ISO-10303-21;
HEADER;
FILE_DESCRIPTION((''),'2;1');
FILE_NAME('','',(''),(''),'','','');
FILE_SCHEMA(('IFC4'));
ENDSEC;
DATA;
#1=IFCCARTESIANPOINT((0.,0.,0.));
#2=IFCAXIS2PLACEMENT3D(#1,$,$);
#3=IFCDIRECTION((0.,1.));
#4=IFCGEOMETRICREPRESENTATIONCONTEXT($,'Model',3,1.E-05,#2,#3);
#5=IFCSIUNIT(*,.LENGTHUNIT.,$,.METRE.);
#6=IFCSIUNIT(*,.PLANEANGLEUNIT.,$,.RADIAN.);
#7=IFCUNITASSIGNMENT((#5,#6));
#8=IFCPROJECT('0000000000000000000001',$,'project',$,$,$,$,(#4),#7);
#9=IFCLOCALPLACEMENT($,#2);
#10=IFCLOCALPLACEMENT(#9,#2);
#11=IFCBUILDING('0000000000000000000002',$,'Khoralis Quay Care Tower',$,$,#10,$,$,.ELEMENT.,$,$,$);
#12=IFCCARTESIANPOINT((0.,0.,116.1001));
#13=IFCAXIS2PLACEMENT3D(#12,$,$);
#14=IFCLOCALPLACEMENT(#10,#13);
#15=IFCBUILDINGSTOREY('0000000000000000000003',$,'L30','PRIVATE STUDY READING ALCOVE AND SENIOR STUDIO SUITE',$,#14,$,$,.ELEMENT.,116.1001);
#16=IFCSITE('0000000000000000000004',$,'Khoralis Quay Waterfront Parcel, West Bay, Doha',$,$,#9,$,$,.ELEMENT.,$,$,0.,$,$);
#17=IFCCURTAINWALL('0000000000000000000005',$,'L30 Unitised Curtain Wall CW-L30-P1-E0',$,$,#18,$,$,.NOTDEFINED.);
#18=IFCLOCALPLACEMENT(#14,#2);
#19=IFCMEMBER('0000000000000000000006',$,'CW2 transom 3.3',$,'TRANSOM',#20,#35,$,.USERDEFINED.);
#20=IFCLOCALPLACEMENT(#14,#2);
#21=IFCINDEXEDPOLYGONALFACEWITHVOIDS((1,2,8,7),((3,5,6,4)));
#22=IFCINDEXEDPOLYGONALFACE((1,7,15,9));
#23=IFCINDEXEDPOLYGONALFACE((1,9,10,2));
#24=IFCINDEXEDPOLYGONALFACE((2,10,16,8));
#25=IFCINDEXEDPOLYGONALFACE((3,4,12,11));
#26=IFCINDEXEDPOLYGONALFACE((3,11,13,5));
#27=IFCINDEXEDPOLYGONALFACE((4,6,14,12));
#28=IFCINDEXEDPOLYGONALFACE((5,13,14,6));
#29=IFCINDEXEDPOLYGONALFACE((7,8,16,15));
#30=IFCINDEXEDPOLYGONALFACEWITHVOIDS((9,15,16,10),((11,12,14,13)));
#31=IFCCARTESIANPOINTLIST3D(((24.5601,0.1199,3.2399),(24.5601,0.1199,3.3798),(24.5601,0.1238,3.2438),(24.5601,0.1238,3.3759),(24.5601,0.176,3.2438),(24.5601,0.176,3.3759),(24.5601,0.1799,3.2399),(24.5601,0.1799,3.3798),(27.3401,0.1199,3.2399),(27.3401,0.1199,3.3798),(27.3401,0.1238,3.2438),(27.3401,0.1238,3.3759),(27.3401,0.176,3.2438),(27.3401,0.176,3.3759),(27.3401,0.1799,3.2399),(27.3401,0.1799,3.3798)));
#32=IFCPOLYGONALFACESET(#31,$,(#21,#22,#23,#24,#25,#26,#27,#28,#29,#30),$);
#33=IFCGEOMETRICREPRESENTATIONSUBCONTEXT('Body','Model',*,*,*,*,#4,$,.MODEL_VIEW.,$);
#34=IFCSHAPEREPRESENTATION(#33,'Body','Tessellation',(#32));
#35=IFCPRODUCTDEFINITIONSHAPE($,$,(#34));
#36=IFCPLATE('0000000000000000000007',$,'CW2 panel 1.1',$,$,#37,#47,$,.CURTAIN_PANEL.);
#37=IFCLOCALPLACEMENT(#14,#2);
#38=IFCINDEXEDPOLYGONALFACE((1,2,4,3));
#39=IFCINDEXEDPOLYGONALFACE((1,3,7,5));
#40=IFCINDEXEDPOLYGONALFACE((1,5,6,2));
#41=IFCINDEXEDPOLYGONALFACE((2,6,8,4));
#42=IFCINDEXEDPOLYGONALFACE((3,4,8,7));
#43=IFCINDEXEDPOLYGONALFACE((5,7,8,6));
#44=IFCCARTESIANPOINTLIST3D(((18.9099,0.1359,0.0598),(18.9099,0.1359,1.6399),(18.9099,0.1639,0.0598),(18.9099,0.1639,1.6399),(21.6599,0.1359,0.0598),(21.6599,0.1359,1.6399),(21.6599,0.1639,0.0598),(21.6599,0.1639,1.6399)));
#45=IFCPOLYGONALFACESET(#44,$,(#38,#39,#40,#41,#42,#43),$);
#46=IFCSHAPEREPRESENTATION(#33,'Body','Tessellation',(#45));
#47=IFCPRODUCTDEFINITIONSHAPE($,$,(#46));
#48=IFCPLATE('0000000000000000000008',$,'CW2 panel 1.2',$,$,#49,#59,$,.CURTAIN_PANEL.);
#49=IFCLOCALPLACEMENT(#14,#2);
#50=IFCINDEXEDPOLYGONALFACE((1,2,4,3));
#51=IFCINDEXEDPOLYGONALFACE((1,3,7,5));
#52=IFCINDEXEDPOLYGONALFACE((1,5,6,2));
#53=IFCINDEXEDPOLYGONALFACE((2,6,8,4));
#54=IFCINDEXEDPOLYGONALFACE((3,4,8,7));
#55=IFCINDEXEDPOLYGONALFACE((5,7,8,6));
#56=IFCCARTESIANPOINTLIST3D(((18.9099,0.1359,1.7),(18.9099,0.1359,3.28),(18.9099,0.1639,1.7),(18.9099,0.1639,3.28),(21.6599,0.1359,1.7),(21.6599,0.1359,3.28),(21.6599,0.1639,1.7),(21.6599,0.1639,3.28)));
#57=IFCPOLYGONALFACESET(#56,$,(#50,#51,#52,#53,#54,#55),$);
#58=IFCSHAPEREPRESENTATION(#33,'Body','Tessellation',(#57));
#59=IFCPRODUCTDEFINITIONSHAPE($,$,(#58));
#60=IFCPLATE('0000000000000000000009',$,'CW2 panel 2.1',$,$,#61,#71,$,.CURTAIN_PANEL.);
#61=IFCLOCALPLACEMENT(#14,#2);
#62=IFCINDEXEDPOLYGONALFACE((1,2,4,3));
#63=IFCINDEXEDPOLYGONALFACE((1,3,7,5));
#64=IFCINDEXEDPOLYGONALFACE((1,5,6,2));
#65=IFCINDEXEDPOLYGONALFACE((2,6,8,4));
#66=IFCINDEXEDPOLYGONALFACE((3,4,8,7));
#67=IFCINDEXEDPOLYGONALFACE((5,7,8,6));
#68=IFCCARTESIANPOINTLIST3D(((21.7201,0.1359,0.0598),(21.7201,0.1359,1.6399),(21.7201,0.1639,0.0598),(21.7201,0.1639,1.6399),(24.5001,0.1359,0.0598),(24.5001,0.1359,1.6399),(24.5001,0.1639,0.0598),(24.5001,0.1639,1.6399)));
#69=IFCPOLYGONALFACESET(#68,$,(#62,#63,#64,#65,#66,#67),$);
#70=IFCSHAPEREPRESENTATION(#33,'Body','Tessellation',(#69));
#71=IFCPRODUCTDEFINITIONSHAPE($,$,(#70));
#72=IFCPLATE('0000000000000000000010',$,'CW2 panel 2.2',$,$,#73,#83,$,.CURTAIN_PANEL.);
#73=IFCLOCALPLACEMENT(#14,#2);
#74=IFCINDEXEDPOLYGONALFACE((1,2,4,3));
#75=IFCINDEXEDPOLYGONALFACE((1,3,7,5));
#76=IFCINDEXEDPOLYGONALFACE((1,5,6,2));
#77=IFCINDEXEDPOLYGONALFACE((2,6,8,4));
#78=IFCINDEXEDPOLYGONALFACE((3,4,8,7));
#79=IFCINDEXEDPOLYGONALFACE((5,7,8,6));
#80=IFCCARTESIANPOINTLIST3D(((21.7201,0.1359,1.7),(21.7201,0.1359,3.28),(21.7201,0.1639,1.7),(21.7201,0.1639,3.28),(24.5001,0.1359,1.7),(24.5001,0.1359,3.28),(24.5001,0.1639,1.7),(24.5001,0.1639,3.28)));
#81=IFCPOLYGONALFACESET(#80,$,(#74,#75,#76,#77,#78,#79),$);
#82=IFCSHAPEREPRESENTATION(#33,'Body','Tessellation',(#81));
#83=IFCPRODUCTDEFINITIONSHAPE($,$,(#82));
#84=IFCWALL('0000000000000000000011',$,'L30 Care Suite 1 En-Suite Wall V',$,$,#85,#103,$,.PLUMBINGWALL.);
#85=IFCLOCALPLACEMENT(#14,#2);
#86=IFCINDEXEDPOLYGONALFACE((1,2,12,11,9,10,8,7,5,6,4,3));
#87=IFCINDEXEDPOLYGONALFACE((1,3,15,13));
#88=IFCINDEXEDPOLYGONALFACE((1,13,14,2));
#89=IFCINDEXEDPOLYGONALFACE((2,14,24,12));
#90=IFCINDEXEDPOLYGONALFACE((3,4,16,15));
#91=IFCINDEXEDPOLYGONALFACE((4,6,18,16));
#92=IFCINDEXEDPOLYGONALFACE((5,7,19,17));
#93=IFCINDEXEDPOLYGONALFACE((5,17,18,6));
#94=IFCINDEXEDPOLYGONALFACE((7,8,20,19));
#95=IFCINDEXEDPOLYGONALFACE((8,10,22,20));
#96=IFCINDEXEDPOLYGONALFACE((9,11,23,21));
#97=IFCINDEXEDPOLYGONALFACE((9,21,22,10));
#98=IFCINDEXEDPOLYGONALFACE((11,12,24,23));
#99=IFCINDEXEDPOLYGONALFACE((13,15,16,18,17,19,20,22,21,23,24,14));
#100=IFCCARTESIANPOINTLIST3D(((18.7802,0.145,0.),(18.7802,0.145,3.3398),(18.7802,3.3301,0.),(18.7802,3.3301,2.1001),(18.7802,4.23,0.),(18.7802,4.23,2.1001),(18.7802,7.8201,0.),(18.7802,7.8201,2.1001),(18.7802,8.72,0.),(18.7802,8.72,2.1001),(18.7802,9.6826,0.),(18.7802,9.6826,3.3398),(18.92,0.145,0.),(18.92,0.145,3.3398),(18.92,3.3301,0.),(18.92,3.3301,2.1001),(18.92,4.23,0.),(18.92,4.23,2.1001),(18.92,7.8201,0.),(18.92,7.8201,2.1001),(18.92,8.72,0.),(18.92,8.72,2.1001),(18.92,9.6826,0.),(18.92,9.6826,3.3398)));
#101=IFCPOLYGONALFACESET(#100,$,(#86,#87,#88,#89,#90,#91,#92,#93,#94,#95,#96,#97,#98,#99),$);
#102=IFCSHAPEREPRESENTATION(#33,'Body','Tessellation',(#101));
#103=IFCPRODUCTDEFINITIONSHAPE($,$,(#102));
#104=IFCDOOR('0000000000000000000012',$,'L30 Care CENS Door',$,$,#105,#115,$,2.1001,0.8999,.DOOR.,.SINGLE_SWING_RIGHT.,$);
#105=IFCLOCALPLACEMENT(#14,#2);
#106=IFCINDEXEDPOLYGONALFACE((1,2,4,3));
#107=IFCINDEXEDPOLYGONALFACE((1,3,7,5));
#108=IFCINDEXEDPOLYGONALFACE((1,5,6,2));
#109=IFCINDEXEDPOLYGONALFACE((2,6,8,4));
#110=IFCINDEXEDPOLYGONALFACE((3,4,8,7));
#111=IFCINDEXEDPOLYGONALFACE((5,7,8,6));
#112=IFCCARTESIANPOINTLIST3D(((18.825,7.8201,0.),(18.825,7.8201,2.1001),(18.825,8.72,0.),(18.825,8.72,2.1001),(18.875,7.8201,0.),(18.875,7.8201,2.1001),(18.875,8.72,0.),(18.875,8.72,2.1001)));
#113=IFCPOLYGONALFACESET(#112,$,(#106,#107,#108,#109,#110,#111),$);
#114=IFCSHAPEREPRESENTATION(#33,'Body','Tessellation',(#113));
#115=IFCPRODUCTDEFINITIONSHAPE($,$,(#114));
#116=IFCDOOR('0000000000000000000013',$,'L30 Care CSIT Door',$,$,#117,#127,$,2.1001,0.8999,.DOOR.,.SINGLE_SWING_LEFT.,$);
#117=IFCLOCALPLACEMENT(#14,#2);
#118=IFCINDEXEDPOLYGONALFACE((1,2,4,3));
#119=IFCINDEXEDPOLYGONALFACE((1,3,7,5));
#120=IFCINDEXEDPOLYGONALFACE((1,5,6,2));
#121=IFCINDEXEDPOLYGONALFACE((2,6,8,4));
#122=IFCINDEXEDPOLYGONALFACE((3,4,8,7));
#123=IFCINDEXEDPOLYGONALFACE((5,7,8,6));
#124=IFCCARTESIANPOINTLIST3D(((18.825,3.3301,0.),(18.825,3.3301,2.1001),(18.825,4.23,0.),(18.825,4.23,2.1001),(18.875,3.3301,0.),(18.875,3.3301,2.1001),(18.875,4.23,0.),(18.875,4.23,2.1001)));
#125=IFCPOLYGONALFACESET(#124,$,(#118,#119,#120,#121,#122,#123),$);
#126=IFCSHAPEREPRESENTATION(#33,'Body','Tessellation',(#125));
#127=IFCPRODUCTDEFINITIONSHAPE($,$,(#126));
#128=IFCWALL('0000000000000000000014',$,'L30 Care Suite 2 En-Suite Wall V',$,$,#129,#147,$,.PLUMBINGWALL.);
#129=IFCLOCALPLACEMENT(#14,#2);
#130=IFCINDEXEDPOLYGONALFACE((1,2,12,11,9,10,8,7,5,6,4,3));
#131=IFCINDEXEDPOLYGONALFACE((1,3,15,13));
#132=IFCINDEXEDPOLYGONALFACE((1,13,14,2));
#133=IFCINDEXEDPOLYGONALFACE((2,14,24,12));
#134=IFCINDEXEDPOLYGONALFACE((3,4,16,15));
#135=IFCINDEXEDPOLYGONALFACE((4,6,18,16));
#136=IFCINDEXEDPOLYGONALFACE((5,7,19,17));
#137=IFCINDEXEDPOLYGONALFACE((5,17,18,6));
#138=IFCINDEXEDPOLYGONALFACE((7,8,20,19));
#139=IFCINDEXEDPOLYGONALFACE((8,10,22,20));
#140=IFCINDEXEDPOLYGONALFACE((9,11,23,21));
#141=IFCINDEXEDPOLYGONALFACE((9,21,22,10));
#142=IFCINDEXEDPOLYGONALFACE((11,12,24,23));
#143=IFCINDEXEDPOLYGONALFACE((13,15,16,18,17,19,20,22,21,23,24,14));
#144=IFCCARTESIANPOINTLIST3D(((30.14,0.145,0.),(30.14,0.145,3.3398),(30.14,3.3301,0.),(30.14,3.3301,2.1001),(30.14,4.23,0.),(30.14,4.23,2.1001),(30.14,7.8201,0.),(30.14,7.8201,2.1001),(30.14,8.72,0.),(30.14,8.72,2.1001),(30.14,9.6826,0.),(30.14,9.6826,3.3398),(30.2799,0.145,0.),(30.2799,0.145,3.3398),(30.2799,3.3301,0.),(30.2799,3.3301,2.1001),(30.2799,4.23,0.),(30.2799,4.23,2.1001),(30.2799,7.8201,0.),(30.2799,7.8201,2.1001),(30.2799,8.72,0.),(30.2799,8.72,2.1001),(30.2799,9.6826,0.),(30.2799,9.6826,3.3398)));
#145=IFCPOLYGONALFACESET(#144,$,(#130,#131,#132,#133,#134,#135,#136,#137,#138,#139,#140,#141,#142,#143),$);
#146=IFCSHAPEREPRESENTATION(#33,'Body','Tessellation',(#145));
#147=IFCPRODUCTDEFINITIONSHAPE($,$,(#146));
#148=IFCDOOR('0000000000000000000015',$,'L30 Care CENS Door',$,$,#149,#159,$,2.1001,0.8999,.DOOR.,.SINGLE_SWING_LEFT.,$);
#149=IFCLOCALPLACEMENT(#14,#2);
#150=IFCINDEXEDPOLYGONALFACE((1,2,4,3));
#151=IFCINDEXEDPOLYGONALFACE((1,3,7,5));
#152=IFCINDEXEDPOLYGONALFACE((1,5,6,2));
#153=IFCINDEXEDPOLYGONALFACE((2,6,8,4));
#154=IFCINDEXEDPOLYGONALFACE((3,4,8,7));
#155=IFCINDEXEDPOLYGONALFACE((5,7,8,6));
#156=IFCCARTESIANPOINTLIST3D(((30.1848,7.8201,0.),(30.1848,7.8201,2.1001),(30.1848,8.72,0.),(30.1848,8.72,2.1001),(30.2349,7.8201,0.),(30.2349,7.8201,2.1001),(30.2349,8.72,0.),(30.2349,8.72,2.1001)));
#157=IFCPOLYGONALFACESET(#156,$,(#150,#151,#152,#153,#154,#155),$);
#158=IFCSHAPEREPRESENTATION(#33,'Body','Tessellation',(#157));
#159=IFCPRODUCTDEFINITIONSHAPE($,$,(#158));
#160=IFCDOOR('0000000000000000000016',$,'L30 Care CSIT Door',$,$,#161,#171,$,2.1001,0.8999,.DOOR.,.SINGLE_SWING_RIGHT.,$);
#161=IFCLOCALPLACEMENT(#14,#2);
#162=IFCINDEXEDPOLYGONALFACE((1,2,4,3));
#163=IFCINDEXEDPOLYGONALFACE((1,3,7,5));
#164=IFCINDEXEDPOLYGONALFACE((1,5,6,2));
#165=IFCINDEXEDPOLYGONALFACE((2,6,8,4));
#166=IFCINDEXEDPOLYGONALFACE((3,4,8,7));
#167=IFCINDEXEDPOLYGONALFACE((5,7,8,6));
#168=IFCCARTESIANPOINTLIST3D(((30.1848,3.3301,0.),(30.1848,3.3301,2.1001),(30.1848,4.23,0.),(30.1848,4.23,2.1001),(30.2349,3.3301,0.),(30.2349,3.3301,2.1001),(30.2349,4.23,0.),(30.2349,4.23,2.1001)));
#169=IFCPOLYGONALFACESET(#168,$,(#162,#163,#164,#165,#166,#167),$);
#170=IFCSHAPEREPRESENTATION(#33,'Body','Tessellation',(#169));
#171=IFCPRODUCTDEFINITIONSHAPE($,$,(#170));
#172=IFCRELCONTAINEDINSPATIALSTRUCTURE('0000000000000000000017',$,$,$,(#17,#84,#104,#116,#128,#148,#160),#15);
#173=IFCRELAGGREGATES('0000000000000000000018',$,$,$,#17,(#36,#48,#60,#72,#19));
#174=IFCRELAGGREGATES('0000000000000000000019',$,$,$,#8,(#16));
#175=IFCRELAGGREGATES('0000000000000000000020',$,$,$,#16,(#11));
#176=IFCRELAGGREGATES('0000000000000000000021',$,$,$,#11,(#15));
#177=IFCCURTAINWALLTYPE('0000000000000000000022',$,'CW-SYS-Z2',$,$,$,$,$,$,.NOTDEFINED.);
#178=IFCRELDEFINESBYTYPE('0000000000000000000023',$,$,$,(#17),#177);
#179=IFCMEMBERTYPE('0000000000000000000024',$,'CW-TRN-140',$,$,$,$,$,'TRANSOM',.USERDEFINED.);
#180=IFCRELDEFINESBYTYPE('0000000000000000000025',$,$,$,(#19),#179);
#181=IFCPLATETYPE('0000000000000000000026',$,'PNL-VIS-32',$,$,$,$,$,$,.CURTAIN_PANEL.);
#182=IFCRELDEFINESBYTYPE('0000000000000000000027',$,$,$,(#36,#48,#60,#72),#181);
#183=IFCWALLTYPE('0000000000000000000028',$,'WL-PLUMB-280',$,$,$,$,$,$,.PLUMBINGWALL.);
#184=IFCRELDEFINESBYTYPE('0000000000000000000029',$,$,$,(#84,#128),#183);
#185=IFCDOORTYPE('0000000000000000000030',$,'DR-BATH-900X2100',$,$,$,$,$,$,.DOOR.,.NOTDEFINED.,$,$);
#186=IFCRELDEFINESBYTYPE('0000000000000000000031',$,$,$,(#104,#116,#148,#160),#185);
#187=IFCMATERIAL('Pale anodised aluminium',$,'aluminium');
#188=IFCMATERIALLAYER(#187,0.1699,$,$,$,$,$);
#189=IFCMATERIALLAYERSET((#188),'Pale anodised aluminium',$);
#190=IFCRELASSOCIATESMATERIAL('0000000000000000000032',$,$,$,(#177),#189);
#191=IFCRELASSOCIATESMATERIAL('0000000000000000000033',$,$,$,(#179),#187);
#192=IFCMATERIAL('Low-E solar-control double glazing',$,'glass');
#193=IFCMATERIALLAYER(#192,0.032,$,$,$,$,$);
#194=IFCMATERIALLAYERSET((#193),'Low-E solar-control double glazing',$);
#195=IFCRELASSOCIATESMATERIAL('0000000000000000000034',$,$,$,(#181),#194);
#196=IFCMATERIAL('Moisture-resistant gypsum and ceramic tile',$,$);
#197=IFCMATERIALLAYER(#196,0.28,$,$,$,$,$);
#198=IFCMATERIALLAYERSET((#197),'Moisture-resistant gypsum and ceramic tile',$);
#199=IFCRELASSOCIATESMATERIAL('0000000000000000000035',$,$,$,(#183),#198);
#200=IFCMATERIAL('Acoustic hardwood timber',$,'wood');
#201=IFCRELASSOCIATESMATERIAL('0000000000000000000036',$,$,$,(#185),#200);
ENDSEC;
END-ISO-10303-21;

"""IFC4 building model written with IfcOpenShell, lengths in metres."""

from ifc_helpers import new_model, si_unit, direction, frame, frame_2d, origin, origin_2d, place, context, subcontext, project, spatial, rectangle, hollow_rectangle, extrude, source, transform, mapped, material, layer, layer_set, material_profile, profile_set, type_object, element, fill, aggregate, save


model = new_model("IFC4")

# Units and contexts
model_context = context("Model", 3, precision=1e-05, world=origin(), true_north=direction((0.0, 1.0)))
body_context = subcontext(model_context, "Body", "Model", "MODEL_VIEW")
ifc_project = project(units=[si_unit("LENGTHUNIT", "METRE"), si_unit("PLANEANGLEUNIT", "RADIAN")], contexts=[model_context])

# Site, building, storey
site_placement = place(None, origin())
site = spatial("IfcSite", under=ifc_project, at=site_placement, Name="Khoralis Quay Waterfront Parcel, West Bay, Doha", CompositionType="ELEMENT", RefElevation=0.0)
building_placement = place(site_placement, origin())
building = spatial("IfcBuilding", under=site, at=building_placement, Name="Khoralis Quay Care Tower", CompositionType="ELEMENT")
storey_placement = place(building_placement, frame((0.0, 0.0, 116.1001)))
storey = spatial("IfcBuildingStorey", under=building, at=storey_placement, Name="L30", Description="PRIVATE STUDY READING ALCOVE AND SENIOR STUDIO SUITE", CompositionType="ELEMENT", Elevation=116.1001)

# Curtain wall, member, plates
ifc_material_1 = material(Name="Pale anodised aluminium", Category="aluminium")
ifc_layer_1 = layer(ifc_material_1, 0.1699)
ifc_layer_set_1 = layer_set([ifc_layer_1], Name="Pale anodised aluminium")
curtain_wall_type = type_object("IfcCurtainWallType", Name="CW-SYS-Z2", PredefinedType="NOTDEFINED", material=ifc_layer_set_1)
curtain_wall_placement = place(storey_placement, origin())
curtain_wall = element("IfcCurtainWall", 1, at=curtain_wall_placement, inside=storey, type_object=curtain_wall_type, Name="L30 Unitised Curtain Wall CW-L30-P1-E0", PredefinedType="NOTDEFINED")
ifc_material_profile_1 = material_profile(ifc_material_1, hollow_rectangle(XDim=0.0601, YDim=0.1399, WallThickness=0.0039, at=origin_2d()), Name="Pale anodised aluminium")
ifc_profile_set_1 = profile_set([ifc_material_profile_1], Name="Pale anodised aluminium")
member_type_1 = type_object("IfcMemberType", Name="CW-TRN-140", ElementType="TRANSOM", PredefinedType="USERDEFINED", material=ifc_profile_set_1)
shared_shape_1 = source(origin(), body_context, "Body", "SweptSolid", [
    extrude(hollow_rectangle(XDim=0.0601, YDim=0.1399, WallThickness=0.0039, at=origin_2d()), origin(), (0.0, 0.0, 1.0), 2.78),
])
member_1_placement = place(storey_placement, frame((24.5601, 0.1499, 3.3098), z_axis=(1.0, 0.0, 0.0), x_axis=(0.0, 1.0, 0.0)))
member_1 = element("IfcMember", 2, at=member_1_placement, type_object=member_type_1, Name="CW2 transom 3.3", ObjectType="TRANSOM", PredefinedType="USERDEFINED", context=body_context, shape_type="MappedRepresentation", body=[
    mapped(shared_shape_1, transform((0.0, 0.0, 0.0), scale=1.0)),
])
ifc_material_2 = material(Name="Low-E solar-control double glazing", Category="glass")
ifc_layer_2 = layer(ifc_material_2, 0.032)
ifc_layer_set_2 = layer_set([ifc_layer_2], Name="Low-E solar-control double glazing")
plate_type = type_object("IfcPlateType", Name="PNL-VIS-32", PredefinedType="CURTAIN_PANEL", material=ifc_layer_set_2)
shared_shape_2 = source(origin(), body_context, "Body", "SweptSolid", [
    extrude(rectangle(XDim=2.75, YDim=0.0281, at=origin_2d()), origin(), (0.0, 0.0, 1.0), 1.5801),
])
plate_1_placement = place(storey_placement, frame((20.2849, 0.1499, 0.0598), z_axis=(0.0, 0.0, 1.0), x_axis=(1.0, 0.0, 0.0)))
plate_1 = element("IfcPlate", 3, at=plate_1_placement, type_object=plate_type, Name="CW2 panel 1.1", PredefinedType="CURTAIN_PANEL", context=body_context, shape_type="MappedRepresentation", body=[
    mapped(shared_shape_2, transform((0.0, 0.0, 0.0), scale=1.0)),
])
plate_2_placement = place(storey_placement, frame((20.2849, 0.1499, 1.7), z_axis=(0.0, 0.0, 1.0), x_axis=(1.0, 0.0, 0.0)))
plate_2 = element("IfcPlate", 4, at=plate_2_placement, type_object=plate_type, Name="CW2 panel 1.2", PredefinedType="CURTAIN_PANEL", context=body_context, shape_type="MappedRepresentation", body=[
    mapped(shared_shape_2, transform((0.0, 0.0, 0.0), scale=1.0)),
])
shared_shape_3 = source(origin(), body_context, "Body", "SweptSolid", [
    extrude(rectangle(XDim=2.78, YDim=0.0281, at=origin_2d()), origin(), (0.0, 0.0, 1.0), 1.5801),
])
plate_3_placement = place(storey_placement, frame((23.1101, 0.1499, 0.0598), z_axis=(0.0, 0.0, 1.0), x_axis=(1.0, 0.0, 0.0)))
plate_3 = element("IfcPlate", 5, at=plate_3_placement, type_object=plate_type, Name="CW2 panel 2.1", PredefinedType="CURTAIN_PANEL", context=body_context, shape_type="MappedRepresentation", body=[
    mapped(shared_shape_3, transform((0.0, 0.0, 0.0), scale=1.0)),
])
plate_4_placement = place(storey_placement, frame((23.1101, 0.1499, 1.7), z_axis=(0.0, 0.0, 1.0), x_axis=(1.0, 0.0, 0.0)))
plate_4 = element("IfcPlate", 6, at=plate_4_placement, type_object=plate_type, Name="CW2 panel 2.2", PredefinedType="CURTAIN_PANEL", context=body_context, shape_type="MappedRepresentation", body=[
    mapped(shared_shape_3, transform((0.0, 0.0, 0.0), scale=1.0)),
])
aggregate(curtain_wall, [plate_1, plate_2, plate_3, plate_4, member_1])

# Walls, openings, doors
ifc_material_3 = material(Name="Moisture-resistant gypsum and ceramic tile")
ifc_layer_3 = layer(ifc_material_3, 0.28)
ifc_layer_set_3 = layer_set([ifc_layer_3], Name="Moisture-resistant gypsum and ceramic tile")
wall_type_1 = type_object("IfcWallType", Name="WL-PLUMB-280", PredefinedType="PLUMBINGWALL", material=ifc_layer_set_3)
wall_1_placement = place(storey_placement, frame((18.8501, 0.145, 0.0), z_axis=(0.0, 0.0, 1.0), x_axis=(0.0, 1.0, 0.0)))
wall_1 = element("IfcWall", 7, at=wall_1_placement, inside=storey, type_object=wall_type_1, Name="L30 Care Suite 1 En-Suite Wall V", PredefinedType="PLUMBINGWALL", context=body_context, shape_type="SweptSolid", body=[
    extrude(rectangle(XDim=9.5376, YDim=0.1399, at=frame_2d((4.7688, 0.0))), origin(), (0.0, 0.0, 1.0), 3.3398),
])
opening_1_placement = place(wall_1_placement, frame((7.675, 0.0, 0.0)))
opening_1 = element("IfcOpeningElement", 8, at=opening_1_placement, cuts=wall_1, PredefinedType="OPENING", context=body_context, shape_type="SweptSolid", body=[
    extrude(rectangle(XDim=0.8999, YDim=2.1001, at=frame_2d((0.45, 1.05))), frame((0.0, 0.0801, 0.0), z_axis=(0.0, -1.0, 0.0), x_axis=(1.0, 0.0, 0.0)), (0.0, 0.0, 1.0), 0.1599),
])
opening_2_placement = place(wall_1_placement, frame((3.1851, 0.0, 0.0)))
opening_2 = element("IfcOpeningElement", 9, at=opening_2_placement, cuts=wall_1, PredefinedType="OPENING", context=body_context, shape_type="SweptSolid", body=[
    extrude(rectangle(XDim=0.8999, YDim=2.1001, at=frame_2d((0.45, 1.05))), frame((0.0, 0.0801, 0.0), z_axis=(0.0, -1.0, 0.0), x_axis=(1.0, 0.0, 0.0)), (0.0, 0.0, 1.0), 0.1599),
])
ifc_material_4 = material(Name="Acoustic hardwood timber", Category="wood")
door_type = type_object("IfcDoorType", Name="DR-BATH-900X2100", OperationType="NOTDEFINED", PredefinedType="DOOR", material=ifc_material_4)
shared_shape_4 = source(origin(), body_context, "Body", "SweptSolid", [
    extrude(rectangle(XDim=0.8999, YDim=2.1001, at=frame_2d((0.45, 1.05))), frame((0.0, 0.0249, 0.0), z_axis=(0.0, -1.0, 0.0), x_axis=(1.0, 0.0, 0.0)), (0.0, 0.0, 1.0), 0.05),
])
door_1_placement = place(opening_1_placement, frame((0.8999, 0.0, 0.0), z_axis=(0.0, 0.0, 1.0), x_axis=(-1.0, 0.0, 0.0)))
door_1 = element("IfcDoor", 10, at=door_1_placement, inside=storey, type_object=door_type, Name="L30 Care CENS Door", OperationType="SINGLE_SWING_RIGHT", OverallHeight=2.1001, OverallWidth=0.8999, PredefinedType="DOOR", context=body_context, shape_type="MappedRepresentation", body=[
    mapped(shared_shape_4, transform((0.0, 0.0, 0.0), scale=1.0)),
])
fill(opening_1, door_1)
door_2_placement = place(opening_2_placement, frame((0.8999, 0.0, 0.0), z_axis=(0.0, 0.0, 1.0), x_axis=(-1.0, 0.0, 0.0)))
door_2 = element("IfcDoor", 11, at=door_2_placement, inside=storey, type_object=door_type, Name="L30 Care CSIT Door", OperationType="SINGLE_SWING_LEFT", OverallHeight=2.1001, OverallWidth=0.8999, PredefinedType="DOOR", context=body_context, shape_type="MappedRepresentation", body=[
    mapped(shared_shape_4, transform((0.0, 0.0, 0.0), scale=1.0)),
])
fill(opening_2, door_2)
wall_2_placement = place(storey_placement, frame((30.21, 0.145, 0.0), z_axis=(0.0, 0.0, 1.0), x_axis=(0.0, 1.0, 0.0)))
wall_2 = element("IfcWall", 12, at=wall_2_placement, inside=storey, type_object=wall_type_1, Name="L30 Care Suite 2 En-Suite Wall V", PredefinedType="PLUMBINGWALL", context=body_context, shape_type="SweptSolid", body=[
    extrude(rectangle(XDim=9.5376, YDim=0.1399, at=frame_2d((4.7688, 0.0))), origin(), (0.0, 0.0, 1.0), 3.3398),
])
opening_3_placement = place(wall_2_placement, frame((7.675, 0.0, 0.0)))
opening_3 = element("IfcOpeningElement", 13, at=opening_3_placement, cuts=wall_2, PredefinedType="OPENING", context=body_context, shape_type="SweptSolid", body=[
    extrude(rectangle(XDim=0.8999, YDim=2.1001, at=frame_2d((0.45, 1.05))), frame((0.0, 0.0801, 0.0), z_axis=(0.0, -1.0, 0.0), x_axis=(1.0, 0.0, 0.0)), (0.0, 0.0, 1.0), 0.1599),
])
opening_4_placement = place(wall_2_placement, frame((3.1851, 0.0, 0.0)))
opening_4 = element("IfcOpeningElement", 14, at=opening_4_placement, cuts=wall_2, PredefinedType="OPENING", context=body_context, shape_type="SweptSolid", body=[
    extrude(rectangle(XDim=0.8999, YDim=2.1001, at=frame_2d((0.45, 1.05))), frame((0.0, 0.0801, 0.0), z_axis=(0.0, -1.0, 0.0), x_axis=(1.0, 0.0, 0.0)), (0.0, 0.0, 1.0), 0.1599),
])
door_3_placement = place(opening_3_placement, frame((0.8999, 0.0, 0.0), z_axis=(0.0, 0.0, 1.0), x_axis=(-1.0, 0.0, 0.0)))
door_3 = element("IfcDoor", 15, at=door_3_placement, inside=storey, type_object=door_type, Name="L30 Care CENS Door", OperationType="SINGLE_SWING_LEFT", OverallHeight=2.1001, OverallWidth=0.8999, PredefinedType="DOOR", context=body_context, shape_type="MappedRepresentation", body=[
    mapped(shared_shape_4, transform((0.0, 0.0, 0.0), scale=1.0)),
])
fill(opening_3, door_3)
door_4_placement = place(opening_4_placement, frame((0.8999, 0.0, 0.0), z_axis=(0.0, 0.0, 1.0), x_axis=(-1.0, 0.0, 0.0)))
door_4 = element("IfcDoor", 16, at=door_4_placement, inside=storey, type_object=door_type, Name="L30 Care CSIT Door", OperationType="SINGLE_SWING_RIGHT", OverallHeight=2.1001, OverallWidth=0.8999, PredefinedType="DOOR", context=body_context, shape_type="MappedRepresentation", body=[
    mapped(shared_shape_4, transform((0.0, 0.0, 0.0), scale=1.0)),
])
fill(opening_4, door_4)

save(model, "model.ifc")
